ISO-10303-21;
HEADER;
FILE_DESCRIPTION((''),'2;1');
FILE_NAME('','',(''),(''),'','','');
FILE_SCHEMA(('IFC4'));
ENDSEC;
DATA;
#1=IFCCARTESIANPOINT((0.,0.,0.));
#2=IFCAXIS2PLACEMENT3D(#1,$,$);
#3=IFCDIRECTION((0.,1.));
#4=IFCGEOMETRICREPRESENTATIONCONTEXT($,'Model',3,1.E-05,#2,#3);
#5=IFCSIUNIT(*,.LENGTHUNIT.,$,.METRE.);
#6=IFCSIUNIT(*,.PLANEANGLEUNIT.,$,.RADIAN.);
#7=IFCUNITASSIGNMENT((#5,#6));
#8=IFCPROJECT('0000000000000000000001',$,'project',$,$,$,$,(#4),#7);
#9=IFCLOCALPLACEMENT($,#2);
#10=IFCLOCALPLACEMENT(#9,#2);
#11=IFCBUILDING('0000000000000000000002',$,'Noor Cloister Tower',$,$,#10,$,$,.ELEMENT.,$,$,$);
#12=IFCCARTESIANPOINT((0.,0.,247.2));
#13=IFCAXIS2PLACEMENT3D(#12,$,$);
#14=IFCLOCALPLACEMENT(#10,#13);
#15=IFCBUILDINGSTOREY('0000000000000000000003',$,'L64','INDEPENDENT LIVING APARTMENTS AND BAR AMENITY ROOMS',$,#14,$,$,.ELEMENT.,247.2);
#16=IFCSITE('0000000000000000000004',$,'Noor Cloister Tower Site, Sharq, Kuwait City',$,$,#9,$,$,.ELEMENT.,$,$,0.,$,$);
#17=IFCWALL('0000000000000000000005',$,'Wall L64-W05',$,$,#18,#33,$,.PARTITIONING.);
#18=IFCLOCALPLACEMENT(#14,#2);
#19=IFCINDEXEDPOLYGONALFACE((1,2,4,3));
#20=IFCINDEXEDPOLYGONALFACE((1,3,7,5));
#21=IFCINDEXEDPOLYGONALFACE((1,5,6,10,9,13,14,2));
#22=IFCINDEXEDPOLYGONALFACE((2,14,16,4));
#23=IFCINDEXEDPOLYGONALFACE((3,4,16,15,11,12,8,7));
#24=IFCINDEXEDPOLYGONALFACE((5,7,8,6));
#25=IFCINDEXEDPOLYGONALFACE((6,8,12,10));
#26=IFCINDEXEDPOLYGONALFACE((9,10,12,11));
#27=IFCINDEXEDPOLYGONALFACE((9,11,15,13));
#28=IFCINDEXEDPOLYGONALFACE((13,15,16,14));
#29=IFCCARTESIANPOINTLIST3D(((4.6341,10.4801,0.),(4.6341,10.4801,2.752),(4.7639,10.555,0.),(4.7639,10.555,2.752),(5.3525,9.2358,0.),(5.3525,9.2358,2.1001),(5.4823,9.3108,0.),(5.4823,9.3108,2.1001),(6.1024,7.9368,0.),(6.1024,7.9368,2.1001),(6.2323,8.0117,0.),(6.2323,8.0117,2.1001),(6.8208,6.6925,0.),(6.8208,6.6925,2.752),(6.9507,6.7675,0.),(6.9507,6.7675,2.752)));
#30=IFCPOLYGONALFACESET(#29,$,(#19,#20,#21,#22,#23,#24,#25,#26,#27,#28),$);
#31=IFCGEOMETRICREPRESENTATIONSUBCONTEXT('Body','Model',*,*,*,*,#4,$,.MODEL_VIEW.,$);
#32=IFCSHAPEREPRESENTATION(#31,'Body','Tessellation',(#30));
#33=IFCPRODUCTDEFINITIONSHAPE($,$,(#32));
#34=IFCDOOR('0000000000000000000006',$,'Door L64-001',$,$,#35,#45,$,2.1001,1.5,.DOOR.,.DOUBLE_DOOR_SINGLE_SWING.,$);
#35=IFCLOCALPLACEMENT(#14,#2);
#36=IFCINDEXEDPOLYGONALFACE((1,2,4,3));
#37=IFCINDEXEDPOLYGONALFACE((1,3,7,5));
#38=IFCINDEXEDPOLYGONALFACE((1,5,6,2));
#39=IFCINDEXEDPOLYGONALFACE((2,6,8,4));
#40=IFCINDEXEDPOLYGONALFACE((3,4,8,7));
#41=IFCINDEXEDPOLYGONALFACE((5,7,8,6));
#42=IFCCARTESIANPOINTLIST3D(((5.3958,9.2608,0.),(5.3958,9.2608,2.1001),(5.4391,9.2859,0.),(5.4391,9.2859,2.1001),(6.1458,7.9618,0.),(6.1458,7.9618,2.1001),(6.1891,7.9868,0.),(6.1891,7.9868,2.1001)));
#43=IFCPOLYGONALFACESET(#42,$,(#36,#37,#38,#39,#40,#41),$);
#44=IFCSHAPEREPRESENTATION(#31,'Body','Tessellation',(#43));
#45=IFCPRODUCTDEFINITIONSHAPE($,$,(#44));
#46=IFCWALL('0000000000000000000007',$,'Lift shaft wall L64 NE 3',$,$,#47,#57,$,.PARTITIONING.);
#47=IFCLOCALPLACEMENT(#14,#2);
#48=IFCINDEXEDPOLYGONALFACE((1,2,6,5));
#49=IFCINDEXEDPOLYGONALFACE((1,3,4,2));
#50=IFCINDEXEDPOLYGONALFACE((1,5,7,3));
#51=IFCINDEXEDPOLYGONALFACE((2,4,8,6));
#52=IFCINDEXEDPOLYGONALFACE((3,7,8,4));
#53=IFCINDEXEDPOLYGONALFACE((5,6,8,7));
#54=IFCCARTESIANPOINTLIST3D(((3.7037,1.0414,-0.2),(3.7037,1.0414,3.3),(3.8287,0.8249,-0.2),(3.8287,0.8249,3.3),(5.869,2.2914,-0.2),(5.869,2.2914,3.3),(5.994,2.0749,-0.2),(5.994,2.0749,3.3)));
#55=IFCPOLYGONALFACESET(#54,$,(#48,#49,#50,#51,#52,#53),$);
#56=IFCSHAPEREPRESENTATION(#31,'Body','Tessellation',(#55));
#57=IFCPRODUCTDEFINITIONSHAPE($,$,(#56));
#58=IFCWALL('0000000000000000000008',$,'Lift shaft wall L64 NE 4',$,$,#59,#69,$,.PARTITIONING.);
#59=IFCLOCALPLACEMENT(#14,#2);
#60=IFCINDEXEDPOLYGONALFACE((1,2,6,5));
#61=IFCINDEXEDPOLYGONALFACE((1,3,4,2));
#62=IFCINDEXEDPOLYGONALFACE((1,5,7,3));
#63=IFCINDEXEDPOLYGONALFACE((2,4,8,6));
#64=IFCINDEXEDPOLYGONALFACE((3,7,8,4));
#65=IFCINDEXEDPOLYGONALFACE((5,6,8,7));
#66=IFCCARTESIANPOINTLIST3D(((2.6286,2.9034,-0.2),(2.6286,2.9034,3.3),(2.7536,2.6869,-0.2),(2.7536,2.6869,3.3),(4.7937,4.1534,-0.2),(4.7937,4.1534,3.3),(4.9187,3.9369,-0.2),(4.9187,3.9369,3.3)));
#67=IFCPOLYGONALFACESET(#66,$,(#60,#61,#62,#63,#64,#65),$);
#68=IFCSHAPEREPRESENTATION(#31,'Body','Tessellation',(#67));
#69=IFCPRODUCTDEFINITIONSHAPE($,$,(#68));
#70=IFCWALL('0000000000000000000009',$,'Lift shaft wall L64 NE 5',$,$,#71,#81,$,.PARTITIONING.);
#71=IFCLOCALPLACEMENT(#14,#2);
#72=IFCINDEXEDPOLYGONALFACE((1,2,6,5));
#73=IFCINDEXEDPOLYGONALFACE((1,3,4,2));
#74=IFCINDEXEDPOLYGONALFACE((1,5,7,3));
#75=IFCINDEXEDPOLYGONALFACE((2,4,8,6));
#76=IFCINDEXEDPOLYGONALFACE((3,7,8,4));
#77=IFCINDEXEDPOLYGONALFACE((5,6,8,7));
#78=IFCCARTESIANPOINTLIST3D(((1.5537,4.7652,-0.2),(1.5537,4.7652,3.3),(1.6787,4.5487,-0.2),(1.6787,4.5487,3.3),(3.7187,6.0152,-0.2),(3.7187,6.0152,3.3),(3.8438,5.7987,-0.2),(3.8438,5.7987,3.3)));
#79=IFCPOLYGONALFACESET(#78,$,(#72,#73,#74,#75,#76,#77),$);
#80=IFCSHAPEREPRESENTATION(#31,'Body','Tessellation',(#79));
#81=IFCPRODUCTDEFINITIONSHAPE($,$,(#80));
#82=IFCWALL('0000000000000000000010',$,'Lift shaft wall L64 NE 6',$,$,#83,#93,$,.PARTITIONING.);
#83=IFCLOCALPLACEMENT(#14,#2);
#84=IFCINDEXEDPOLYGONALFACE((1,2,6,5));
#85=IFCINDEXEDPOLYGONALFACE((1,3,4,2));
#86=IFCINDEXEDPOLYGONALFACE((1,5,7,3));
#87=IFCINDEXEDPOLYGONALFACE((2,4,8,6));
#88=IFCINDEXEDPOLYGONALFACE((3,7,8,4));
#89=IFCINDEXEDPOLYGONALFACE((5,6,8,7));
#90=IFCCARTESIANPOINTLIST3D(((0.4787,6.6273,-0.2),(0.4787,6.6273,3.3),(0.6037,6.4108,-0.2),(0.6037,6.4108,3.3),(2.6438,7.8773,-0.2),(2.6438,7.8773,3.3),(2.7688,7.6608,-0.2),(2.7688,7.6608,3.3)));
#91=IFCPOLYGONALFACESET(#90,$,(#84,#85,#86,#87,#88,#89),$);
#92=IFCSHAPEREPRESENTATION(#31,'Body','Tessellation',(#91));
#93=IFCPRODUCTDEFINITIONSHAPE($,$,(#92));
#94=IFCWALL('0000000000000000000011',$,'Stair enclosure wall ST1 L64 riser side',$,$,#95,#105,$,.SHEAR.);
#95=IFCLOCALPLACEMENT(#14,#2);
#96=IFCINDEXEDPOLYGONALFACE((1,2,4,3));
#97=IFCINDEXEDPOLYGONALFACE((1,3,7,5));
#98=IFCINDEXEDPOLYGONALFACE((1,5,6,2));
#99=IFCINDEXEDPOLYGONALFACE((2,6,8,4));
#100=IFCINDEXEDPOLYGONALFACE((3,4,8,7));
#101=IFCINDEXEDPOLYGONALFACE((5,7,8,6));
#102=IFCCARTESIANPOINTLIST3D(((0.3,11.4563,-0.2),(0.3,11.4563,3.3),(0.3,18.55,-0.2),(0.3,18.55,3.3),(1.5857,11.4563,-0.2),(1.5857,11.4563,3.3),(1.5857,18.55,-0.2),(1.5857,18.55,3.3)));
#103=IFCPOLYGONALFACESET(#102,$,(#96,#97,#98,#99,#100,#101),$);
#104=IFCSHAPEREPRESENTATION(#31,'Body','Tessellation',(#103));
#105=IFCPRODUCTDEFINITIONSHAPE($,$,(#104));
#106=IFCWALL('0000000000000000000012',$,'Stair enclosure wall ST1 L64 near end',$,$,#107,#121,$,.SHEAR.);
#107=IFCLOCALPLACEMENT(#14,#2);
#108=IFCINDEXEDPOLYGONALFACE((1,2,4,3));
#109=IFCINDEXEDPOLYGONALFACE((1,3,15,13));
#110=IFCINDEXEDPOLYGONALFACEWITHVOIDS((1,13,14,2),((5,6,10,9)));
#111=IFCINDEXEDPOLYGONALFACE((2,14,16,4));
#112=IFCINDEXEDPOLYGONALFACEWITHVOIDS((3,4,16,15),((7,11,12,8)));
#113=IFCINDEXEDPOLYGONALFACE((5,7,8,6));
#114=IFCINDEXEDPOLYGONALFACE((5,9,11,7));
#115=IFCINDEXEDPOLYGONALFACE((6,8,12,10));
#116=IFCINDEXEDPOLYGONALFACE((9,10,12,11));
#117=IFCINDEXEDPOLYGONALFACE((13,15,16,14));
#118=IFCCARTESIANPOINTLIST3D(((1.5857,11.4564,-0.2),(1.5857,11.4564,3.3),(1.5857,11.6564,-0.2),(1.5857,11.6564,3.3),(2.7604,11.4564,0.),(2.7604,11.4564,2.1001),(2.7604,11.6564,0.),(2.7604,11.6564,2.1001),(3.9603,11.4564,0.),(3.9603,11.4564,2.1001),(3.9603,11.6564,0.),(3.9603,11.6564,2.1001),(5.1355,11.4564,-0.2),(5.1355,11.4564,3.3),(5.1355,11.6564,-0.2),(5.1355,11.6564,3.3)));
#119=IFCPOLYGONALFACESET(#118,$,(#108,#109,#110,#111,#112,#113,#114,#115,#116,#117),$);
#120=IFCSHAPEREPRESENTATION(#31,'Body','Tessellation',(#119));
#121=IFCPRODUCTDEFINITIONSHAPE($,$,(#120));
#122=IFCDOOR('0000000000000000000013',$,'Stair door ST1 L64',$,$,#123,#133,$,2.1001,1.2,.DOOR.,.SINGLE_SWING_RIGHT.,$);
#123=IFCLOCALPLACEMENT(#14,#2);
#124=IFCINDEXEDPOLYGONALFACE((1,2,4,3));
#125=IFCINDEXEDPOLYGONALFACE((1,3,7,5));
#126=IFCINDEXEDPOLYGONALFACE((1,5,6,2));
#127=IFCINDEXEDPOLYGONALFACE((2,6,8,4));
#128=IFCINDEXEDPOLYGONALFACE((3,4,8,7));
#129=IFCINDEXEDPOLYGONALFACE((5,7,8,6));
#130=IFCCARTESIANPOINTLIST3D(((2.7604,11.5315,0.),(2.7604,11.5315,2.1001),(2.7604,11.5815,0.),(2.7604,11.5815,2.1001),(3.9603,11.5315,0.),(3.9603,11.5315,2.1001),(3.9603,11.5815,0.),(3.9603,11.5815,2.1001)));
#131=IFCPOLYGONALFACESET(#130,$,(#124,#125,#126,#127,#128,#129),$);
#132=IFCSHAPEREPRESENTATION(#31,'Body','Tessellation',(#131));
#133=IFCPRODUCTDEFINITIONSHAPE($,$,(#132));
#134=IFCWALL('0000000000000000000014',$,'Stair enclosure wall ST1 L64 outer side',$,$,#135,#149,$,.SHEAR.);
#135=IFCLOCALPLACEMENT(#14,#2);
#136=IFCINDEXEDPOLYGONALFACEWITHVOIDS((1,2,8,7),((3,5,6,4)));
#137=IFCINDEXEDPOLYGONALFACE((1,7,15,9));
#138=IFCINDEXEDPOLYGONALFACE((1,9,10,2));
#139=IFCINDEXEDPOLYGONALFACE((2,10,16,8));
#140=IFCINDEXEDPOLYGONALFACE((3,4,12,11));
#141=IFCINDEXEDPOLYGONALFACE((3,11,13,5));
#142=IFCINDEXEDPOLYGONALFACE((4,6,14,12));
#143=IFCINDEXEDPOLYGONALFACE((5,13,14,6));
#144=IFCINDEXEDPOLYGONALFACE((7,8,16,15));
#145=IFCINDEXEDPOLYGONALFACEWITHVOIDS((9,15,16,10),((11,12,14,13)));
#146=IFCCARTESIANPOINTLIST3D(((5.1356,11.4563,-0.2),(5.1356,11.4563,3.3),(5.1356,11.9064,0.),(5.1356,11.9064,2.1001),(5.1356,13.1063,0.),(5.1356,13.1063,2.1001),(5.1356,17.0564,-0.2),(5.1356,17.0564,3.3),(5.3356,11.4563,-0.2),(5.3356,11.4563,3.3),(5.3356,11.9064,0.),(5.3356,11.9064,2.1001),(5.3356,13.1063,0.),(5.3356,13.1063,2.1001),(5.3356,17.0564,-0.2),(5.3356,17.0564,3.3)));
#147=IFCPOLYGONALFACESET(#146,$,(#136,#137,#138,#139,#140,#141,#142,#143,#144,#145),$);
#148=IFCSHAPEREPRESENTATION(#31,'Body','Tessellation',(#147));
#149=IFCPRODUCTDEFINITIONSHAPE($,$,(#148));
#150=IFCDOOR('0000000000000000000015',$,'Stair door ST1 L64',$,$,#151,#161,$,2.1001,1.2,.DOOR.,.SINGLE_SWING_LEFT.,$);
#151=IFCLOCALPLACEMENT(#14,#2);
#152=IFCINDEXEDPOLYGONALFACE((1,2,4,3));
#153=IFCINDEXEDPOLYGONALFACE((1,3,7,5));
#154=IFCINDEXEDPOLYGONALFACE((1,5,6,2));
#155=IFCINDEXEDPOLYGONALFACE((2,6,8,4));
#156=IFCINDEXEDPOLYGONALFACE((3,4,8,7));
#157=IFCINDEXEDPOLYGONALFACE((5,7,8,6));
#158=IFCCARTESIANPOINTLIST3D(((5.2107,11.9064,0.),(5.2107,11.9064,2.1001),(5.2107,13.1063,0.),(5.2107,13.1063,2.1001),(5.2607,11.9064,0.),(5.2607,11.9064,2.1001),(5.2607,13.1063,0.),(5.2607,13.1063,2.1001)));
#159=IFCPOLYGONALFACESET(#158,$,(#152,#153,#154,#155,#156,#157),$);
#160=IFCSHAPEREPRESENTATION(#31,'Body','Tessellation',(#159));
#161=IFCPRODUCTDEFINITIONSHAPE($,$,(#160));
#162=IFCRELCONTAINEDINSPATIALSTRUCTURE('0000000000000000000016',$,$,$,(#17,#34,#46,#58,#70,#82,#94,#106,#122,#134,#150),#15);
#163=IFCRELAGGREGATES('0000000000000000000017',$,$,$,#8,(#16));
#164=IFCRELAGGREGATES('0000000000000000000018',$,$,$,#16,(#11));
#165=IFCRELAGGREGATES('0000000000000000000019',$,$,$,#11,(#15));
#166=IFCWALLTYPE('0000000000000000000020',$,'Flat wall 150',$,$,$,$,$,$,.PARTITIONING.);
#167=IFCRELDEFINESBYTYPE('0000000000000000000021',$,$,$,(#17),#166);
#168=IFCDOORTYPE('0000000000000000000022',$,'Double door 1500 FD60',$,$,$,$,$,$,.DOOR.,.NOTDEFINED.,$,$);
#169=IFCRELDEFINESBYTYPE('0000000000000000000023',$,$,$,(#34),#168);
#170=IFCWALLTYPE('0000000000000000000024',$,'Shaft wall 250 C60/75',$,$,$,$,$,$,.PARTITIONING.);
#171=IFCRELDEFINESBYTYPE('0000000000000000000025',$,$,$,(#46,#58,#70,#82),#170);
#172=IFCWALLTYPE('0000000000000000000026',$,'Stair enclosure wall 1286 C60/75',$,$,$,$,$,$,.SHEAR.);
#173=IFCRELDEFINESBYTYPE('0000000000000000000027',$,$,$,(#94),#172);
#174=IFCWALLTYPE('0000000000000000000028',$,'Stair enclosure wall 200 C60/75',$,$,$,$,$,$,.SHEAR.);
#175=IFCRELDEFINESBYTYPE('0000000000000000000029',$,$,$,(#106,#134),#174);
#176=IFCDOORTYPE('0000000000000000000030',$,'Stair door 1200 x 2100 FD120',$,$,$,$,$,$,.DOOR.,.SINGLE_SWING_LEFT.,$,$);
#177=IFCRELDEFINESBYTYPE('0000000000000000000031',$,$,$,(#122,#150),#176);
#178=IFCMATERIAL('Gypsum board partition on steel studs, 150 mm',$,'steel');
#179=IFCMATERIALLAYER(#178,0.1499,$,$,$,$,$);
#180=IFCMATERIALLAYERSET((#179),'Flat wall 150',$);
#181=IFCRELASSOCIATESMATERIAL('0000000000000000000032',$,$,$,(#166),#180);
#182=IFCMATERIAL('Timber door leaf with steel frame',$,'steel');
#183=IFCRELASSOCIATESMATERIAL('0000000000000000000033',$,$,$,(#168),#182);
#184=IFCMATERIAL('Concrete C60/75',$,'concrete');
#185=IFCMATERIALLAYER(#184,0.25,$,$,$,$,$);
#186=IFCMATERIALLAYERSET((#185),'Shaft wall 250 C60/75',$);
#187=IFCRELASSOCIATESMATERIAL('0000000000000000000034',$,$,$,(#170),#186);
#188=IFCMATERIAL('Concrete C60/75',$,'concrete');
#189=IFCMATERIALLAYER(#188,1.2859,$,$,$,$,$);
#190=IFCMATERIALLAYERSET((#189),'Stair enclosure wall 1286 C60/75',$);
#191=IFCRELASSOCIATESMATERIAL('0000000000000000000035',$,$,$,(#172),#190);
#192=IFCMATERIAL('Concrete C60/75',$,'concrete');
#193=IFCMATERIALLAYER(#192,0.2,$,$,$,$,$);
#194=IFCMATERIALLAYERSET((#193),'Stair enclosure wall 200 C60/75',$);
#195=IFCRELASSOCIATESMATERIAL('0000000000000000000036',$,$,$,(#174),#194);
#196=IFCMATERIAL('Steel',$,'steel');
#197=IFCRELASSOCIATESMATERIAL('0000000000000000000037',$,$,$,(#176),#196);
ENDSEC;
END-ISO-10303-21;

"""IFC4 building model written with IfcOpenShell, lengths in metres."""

from ifc_helpers import new_model, si_unit, direction, frame, frame_2d, origin, place, context, subcontext, project, spatial, rectangle, extrude, material, layer, layer_set, type_object, element, fill, save


model = new_model("IFC4")

# Units and contexts
model_context = context("Model", 3, precision=1e-05, world=origin(), true_north=direction((0.0, 1.0)))
body_context = subcontext(model_context, "Body", "Model", "MODEL_VIEW")
ifc_project = project(units=[si_unit("LENGTHUNIT", "METRE"), si_unit("PLANEANGLEUNIT", "RADIAN")], contexts=[model_context])

# Site, building, storey
site_placement = place(None, origin())
site = spatial("IfcSite", under=ifc_project, at=site_placement, Name="Noor Cloister Tower Site, Sharq, Kuwait City", CompositionType="ELEMENT", RefElevation=0.0)
building_placement = place(site_placement, origin())
building = spatial("IfcBuilding", under=site, at=building_placement, Name="Noor Cloister Tower", CompositionType="ELEMENT")
storey_placement = place(building_placement, frame((0.0, 0.0, 247.2)))
storey = spatial("IfcBuildingStorey", under=building, at=storey_placement, Name="L64", Description="INDEPENDENT LIVING APARTMENTS AND BAR AMENITY ROOMS", CompositionType="ELEMENT", Elevation=247.2)

# Shared definitions
ifc_material_1 = material(Name="Gypsum board partition on steel studs, 150 mm", Category="steel")
ifc_layer_1 = layer(ifc_material_1, 0.1499)
ifc_layer_set_1 = layer_set([ifc_layer_1], Name="Flat wall 150")
wall_type_1 = type_object("IfcWallType", Name="Flat wall 150", PredefinedType="PARTITIONING", material=ifc_layer_set_1)

# Wall, opening, door
wall_1_placement = place(storey_placement, frame((6.8857, 6.73, 0.0), z_axis=(0.0, 0.0, 1.0), x_axis=(-0.499999, 0.866026, 0.0)))
wall_1 = element("IfcWall", 1, at=wall_1_placement, inside=storey, type_object=wall_type_1, Name="Wall L64-W05", PredefinedType="PARTITIONING", context=body_context, shape_type="SweptSolid", body=[
    extrude(rectangle(XDim=4.3735, YDim=0.1499, at=frame_2d((2.1868, 0.0))), origin(), (0.0, 0.0, 1.0), 2.752),
])
opening_1_placement = place(wall_1_placement, frame((1.4368, 0.0, 0.0)))
opening_1 = element("IfcOpeningElement", 2, at=opening_1_placement, cuts=wall_1, PredefinedType="OPENING", context=body_context, shape_type="SweptSolid", body=[
    extrude(rectangle(XDim=1.5, YDim=2.1001, at=frame_2d((0.75, 1.05))), frame((0.0, 0.085, 0.0), z_axis=(0.0, -1.0, 0.0), x_axis=(1.0, 0.0, 0.0)), (0.0, 0.0, 1.0), 0.1699),
])
ifc_material_2 = material(Name="Timber door leaf with steel frame", Category="steel")
door_type_1 = type_object("IfcDoorType", Name="Double door 1500 FD60", OperationType="NOTDEFINED", PredefinedType="DOOR", material=ifc_material_2)
door_1_placement = place(opening_1_placement, origin())
door_1 = element("IfcDoor", 3, at=door_1_placement, inside=storey, type_object=door_type_1, Name="Door L64-001", OperationType="DOUBLE_DOOR_SINGLE_SWING", OverallHeight=2.1001, OverallWidth=1.5, PredefinedType="DOOR", context=body_context, shape_type="SweptSolid", body=[
    extrude(rectangle(XDim=1.5, YDim=2.1001, at=frame_2d((0.75, 1.05))), frame((0.0, 0.0249, 0.0), z_axis=(0.0, -1.0, 0.0), x_axis=(1.0, 0.0, 0.0)), (0.0, 0.0, 1.0), 0.05),
])
fill(opening_1, door_1)

# Walls
ifc_material_3 = material(Name="Concrete C60/75", Category="concrete")
ifc_layer_2 = layer(ifc_material_3, 0.25)
ifc_layer_set_2 = layer_set([ifc_layer_2], Name="Shaft wall 250 C60/75")
wall_type_2 = type_object("IfcWallType", Name="Shaft wall 250 C60/75", PredefinedType="PARTITIONING", material=ifc_layer_set_2)
wall_2_placement = place(storey_placement, frame((5.9314, 2.1831, -0.2), z_axis=(0.0, 0.0, 1.0), x_axis=(-0.866047, -0.499962, 0.0)))
element("IfcWall", 4, at=wall_2_placement, inside=storey, type_object=wall_type_2, Name="Lift shaft wall L64 NE 3", PredefinedType="PARTITIONING", context=body_context, shape_type="SweptSolid", body=[
    extrude(rectangle(XDim=2.5002, YDim=0.25, at=frame_2d((1.25, 0.0))), origin(), (0.0, 0.0, 1.0), 3.5),
])
for number, where, z_axis, x_axis, name in (
    (5, (4.8562, 4.0452, -0.2), (0.0, 0.0, 1.0), (-0.866023, -0.500004, 0.0), "Lift shaft wall L64 NE 4"),
    (6, (3.7812, 5.907, -0.2), (0.0, 0.0, 1.0), (-0.866023, -0.500004, 0.0), "Lift shaft wall L64 NE 5"),
    (7, (2.7063, 7.769, -0.2), (0.0, 0.0, 1.0), (-0.866023, -0.500004, 0.0), "Lift shaft wall L64 NE 6"),
):
    element("IfcWall", number, at=place(storey_placement, frame(where, z_axis=z_axis, x_axis=x_axis)), inside=storey, type_object=wall_type_2, Name=name, PredefinedType="PARTITIONING", context=body_context, shape_type="SweptSolid", body=[
        extrude(rectangle(XDim=2.5, YDim=0.25, at=frame_2d((1.25, 0.0))), origin(), (0.0, 0.0, 1.0), 3.5),
    ])
ifc_material_4 = material(Name="Concrete C60/75", Category="concrete")
ifc_layer_3 = layer(ifc_material_4, 1.2859)
ifc_layer_set_3 = layer_set([ifc_layer_3], Name="Stair enclosure wall 1286 C60/75")
wall_type_3 = type_object("IfcWallType", Name="Stair enclosure wall 1286 C60/75", PredefinedType="SHEAR", material=ifc_layer_set_3)
wall_3_placement = place(storey_placement, frame((0.9429, 11.4563, -0.2), z_axis=(0.0, 0.0, 1.0), x_axis=(0.0, 1.0, 0.0)))
element("IfcWall", 8, at=wall_3_placement, inside=storey, type_object=wall_type_3, Name="Stair enclosure wall ST1 L64 riser side", PredefinedType="SHEAR", context=body_context, shape_type="SweptSolid", body=[
    extrude(rectangle(XDim=7.0938, YDim=1.2856, at=frame_2d((3.5469, 0.0))), origin(), (0.0, 0.0, 1.0), 3.5),
])

# Walls, openings, doors
ifc_material_5 = material(Name="Concrete C60/75", Category="concrete")
ifc_layer_4 = layer(ifc_material_5, 0.2)
ifc_layer_set_4 = layer_set([ifc_layer_4], Name="Stair enclosure wall 200 C60/75")
wall_type_4 = type_object("IfcWallType", Name="Stair enclosure wall 200 C60/75", PredefinedType="SHEAR", material=ifc_layer_set_4)
wall_4_placement = place(storey_placement, frame((5.1355, 11.5564, -0.2), z_axis=(0.0, 0.0, 1.0), x_axis=(-1.0, 0.0, 0.0)))
wall_4 = element("IfcWall", 9, at=wall_4_placement, inside=storey, type_object=wall_type_4, Name="Stair enclosure wall ST1 L64 near end", PredefinedType="SHEAR", context=body_context, shape_type="SweptSolid", body=[
    extrude(rectangle(XDim=3.5498, YDim=0.2, at=frame_2d((1.7749, 0.0))), origin(), (0.0, 0.0, 1.0), 3.5),
])
opening_2_placement = place(wall_4_placement, frame((1.175, 0.0, 0.2)))
opening_2 = element("IfcOpeningElement", 10, at=opening_2_placement, cuts=wall_4, PredefinedType="OPENING", context=body_context, shape_type="SweptSolid", body=[
    extrude(rectangle(XDim=1.2, YDim=2.1001, at=frame_2d((0.6001, 1.05))), frame((0.0, 0.1099, 0.0), z_axis=(0.0, -1.0, 0.0), x_axis=(1.0, 0.0, 0.0)), (0.0, 0.0, 1.0), 0.22),
])
ifc_material_6 = material(Name="Steel", Category="steel")
door_type_2 = type_object("IfcDoorType", Name="Stair door 1200 x 2100 FD120", OperationType="SINGLE_SWING_LEFT", PredefinedType="DOOR", material=ifc_material_6)
door_2_placement = place(opening_2_placement, origin())
door_2 = element("IfcDoor", 11, at=door_2_placement, inside=storey, type_object=door_type_2, Name="Stair door ST1 L64", OperationType="SINGLE_SWING_RIGHT", OverallHeight=2.1001, OverallWidth=1.2, PredefinedType="DOOR", context=body_context, shape_type="SweptSolid", body=[
    extrude(rectangle(XDim=1.2, YDim=2.1001, at=frame_2d((0.6001, 1.05))), frame((0.0, 0.0249, 0.0), z_axis=(0.0, -1.0, 0.0), x_axis=(1.0, 0.0, 0.0)), (0.0, 0.0, 1.0), 0.05),
])
fill(opening_2, door_2)
wall_5_placement = place(storey_placement, frame((5.2356, 11.4563, -0.2), z_axis=(0.0, 0.0, 1.0), x_axis=(0.0, 1.0, 0.0)))
wall_5 = element("IfcWall", 12, at=wall_5_placement, inside=storey, type_object=wall_type_4, Name="Stair enclosure wall ST1 L64 outer side", PredefinedType="SHEAR", context=body_context, shape_type="SweptSolid", body=[
    extrude(rectangle(XDim=5.6001, YDim=0.2, at=frame_2d((2.8, 0.0))), origin(), (0.0, 0.0, 1.0), 3.5),
])
opening_3_placement = place(wall_5_placement, frame((0.45, 0.0, 0.2)))
opening_3 = element("IfcOpeningElement", 13, at=opening_3_placement, cuts=wall_5, PredefinedType="OPENING", context=body_context, shape_type="SweptSolid", body=[
    extrude(rectangle(XDim=1.2, YDim=2.1001, at=frame_2d((0.6001, 1.05))), frame((0.0, 0.1099, 0.0), z_axis=(0.0, -1.0, 0.0), x_axis=(1.0, 0.0, 0.0)), (0.0, 0.0, 1.0), 0.22),
])
door_3_placement = place(opening_3_placement, origin())
door_3 = element("IfcDoor", 14, at=door_3_placement, inside=storey, type_object=door_type_2, Name="Stair door ST1 L64", OperationType="SINGLE_SWING_LEFT", OverallHeight=2.1001, OverallWidth=1.2, PredefinedType="DOOR", context=body_context, shape_type="SweptSolid", body=[
    extrude(rectangle(XDim=1.2, YDim=2.1001, at=frame_2d((0.6001, 1.05))), frame((0.0, 0.0249, 0.0), z_axis=(0.0, -1.0, 0.0), x_axis=(1.0, 0.0, 0.0)), (0.0, 0.0, 1.0), 0.05),
])
fill(opening_3, door_3)

save(model, "model.ifc")
